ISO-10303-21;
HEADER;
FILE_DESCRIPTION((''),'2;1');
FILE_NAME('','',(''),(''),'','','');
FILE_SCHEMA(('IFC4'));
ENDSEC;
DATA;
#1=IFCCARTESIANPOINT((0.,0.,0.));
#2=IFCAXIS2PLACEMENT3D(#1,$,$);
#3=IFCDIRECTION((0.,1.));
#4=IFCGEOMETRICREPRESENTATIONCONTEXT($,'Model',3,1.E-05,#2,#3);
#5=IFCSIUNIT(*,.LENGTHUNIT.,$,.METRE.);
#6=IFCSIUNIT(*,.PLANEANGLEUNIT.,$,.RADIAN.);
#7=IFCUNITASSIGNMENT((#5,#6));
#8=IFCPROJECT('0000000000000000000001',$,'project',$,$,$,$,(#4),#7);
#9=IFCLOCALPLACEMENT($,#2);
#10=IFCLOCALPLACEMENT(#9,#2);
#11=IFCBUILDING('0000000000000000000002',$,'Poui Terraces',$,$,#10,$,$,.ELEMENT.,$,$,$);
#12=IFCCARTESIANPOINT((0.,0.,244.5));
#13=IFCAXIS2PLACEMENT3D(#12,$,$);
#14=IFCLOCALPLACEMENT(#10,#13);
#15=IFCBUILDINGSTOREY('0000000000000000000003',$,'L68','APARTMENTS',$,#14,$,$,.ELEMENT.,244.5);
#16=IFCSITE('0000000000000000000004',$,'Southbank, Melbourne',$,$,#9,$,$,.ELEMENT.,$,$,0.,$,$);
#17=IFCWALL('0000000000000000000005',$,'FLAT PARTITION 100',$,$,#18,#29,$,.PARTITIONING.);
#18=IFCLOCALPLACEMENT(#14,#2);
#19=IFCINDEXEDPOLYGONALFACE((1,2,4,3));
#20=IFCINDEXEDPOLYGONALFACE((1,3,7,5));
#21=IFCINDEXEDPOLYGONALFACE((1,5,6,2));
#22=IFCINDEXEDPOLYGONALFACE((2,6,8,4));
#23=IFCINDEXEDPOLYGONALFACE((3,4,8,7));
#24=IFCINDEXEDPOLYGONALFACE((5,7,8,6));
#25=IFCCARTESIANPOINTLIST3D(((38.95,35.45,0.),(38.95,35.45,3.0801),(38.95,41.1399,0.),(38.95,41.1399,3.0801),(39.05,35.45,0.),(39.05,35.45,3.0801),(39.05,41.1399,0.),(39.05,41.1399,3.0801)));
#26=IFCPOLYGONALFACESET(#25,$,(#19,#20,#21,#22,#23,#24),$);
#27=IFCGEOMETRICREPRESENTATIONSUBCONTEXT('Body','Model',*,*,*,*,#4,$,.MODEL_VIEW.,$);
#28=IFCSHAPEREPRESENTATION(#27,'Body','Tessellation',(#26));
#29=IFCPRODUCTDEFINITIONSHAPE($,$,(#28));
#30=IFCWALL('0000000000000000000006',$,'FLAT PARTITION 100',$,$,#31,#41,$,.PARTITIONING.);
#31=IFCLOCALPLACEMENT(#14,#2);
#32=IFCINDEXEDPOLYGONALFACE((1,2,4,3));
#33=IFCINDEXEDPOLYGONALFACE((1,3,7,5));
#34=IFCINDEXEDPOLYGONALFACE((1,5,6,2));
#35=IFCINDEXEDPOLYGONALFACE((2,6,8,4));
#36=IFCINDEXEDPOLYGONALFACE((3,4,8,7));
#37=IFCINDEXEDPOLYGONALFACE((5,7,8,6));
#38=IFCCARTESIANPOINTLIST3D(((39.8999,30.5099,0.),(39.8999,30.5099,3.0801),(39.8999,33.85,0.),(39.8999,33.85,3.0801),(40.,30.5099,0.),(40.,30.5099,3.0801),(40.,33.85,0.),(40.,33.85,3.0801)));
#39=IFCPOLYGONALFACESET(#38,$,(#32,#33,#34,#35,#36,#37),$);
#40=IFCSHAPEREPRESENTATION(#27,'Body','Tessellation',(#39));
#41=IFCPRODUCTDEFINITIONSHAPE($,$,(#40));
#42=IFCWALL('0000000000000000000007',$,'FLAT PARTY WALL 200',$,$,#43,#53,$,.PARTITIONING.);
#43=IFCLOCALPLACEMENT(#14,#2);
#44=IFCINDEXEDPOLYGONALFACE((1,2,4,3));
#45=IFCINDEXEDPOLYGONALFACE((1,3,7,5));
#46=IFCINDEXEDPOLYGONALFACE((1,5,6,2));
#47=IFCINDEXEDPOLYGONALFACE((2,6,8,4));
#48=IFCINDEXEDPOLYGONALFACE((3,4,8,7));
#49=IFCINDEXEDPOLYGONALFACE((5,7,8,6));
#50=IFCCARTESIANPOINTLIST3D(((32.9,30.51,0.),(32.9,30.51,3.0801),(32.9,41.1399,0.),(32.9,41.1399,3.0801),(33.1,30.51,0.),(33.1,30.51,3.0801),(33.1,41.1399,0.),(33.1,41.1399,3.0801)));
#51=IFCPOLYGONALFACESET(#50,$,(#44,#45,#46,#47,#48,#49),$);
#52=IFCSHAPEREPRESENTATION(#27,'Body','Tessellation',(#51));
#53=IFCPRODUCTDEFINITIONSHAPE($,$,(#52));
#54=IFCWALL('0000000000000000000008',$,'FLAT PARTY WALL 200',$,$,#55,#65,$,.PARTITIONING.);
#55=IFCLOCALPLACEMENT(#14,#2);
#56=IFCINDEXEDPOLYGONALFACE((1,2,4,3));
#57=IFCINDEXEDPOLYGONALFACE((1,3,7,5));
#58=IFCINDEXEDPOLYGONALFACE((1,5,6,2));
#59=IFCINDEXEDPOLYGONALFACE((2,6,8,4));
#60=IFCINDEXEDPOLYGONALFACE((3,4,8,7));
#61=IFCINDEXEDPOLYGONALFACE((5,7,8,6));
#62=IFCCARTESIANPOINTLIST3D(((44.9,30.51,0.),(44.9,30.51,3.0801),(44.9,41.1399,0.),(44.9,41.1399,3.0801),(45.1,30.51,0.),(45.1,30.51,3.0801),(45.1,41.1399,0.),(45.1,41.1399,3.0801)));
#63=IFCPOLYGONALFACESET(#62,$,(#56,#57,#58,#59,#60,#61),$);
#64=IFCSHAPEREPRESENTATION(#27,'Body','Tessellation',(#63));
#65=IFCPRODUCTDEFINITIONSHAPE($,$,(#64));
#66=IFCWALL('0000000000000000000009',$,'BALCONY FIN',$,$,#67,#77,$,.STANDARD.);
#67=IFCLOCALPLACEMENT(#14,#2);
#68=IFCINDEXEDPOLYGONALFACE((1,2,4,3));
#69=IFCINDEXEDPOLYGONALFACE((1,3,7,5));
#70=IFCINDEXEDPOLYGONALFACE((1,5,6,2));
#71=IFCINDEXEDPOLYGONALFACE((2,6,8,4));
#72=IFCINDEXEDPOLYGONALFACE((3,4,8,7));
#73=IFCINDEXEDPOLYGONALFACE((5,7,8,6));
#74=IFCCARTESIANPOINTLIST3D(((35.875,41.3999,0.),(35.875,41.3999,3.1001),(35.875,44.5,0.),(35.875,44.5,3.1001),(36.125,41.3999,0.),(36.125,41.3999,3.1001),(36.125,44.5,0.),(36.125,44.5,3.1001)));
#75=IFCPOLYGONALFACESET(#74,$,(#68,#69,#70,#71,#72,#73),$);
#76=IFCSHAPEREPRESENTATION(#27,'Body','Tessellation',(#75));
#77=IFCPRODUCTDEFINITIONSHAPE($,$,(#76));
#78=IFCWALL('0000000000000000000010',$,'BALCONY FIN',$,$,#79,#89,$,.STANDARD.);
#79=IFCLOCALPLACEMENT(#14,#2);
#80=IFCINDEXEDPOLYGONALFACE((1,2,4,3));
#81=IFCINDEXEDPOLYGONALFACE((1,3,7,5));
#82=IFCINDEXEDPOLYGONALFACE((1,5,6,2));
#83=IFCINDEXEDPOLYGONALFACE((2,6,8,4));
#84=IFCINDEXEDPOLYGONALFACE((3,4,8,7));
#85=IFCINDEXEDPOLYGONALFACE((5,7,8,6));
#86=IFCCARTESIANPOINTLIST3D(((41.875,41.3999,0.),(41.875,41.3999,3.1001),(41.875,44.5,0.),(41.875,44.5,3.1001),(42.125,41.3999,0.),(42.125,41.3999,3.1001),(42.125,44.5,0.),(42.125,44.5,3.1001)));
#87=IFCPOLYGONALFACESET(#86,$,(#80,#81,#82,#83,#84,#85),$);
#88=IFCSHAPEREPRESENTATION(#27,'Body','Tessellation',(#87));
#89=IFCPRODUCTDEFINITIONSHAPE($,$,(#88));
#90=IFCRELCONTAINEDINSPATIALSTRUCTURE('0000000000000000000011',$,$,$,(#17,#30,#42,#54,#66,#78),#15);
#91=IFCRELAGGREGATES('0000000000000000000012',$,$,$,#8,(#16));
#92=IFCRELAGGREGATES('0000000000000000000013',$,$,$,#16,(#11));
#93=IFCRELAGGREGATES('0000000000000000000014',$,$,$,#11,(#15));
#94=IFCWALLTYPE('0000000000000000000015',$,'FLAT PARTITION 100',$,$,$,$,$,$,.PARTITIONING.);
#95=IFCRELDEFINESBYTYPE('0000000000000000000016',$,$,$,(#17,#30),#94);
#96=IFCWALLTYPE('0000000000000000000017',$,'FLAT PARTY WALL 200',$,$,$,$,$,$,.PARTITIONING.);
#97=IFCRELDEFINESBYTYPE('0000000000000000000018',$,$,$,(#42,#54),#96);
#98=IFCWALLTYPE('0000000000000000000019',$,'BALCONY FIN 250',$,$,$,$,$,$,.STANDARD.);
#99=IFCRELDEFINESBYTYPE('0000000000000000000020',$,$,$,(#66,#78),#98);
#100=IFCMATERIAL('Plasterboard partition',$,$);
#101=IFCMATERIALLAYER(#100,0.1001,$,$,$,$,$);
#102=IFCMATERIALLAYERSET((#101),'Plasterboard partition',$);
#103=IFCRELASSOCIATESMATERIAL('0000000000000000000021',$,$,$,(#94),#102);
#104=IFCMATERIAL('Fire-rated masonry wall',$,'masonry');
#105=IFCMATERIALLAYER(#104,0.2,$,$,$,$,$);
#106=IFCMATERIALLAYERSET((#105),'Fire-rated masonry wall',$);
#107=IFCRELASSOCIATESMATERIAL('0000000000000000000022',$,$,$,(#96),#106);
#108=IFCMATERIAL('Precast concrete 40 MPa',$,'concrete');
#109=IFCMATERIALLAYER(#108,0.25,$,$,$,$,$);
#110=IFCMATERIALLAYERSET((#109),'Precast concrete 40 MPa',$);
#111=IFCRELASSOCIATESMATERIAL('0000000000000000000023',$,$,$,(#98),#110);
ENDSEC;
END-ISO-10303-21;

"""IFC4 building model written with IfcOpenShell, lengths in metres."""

from ifc_helpers import new_model, si_unit, direction, frame, frame_2d, origin, place, context, subcontext, project, spatial, polyline, rectangle, outline, extrude, source, transform, mapped, material, layer, layer_set, type_object, element, save


model = new_model("IFC4")

# Units and contexts
model_context = context("Model", 3, precision=1e-05, world=origin(), true_north=direction((0.0, 1.0)))
body_context = subcontext(model_context, "Body", "Model", "MODEL_VIEW")
ifc_project = project(units=[si_unit("LENGTHUNIT", "METRE"), si_unit("PLANEANGLEUNIT", "RADIAN")], contexts=[model_context])

# Site, building, storey
site_placement = place(None, origin())
site = spatial("IfcSite", under=ifc_project, at=site_placement, Name="Southbank, Melbourne", CompositionType="ELEMENT", RefElevation=0.0)
building_placement = place(site_placement, origin())
building = spatial("IfcBuilding", under=site, at=building_placement, Name="Poui Terraces", CompositionType="ELEMENT")
storey_placement = place(building_placement, frame((0.0, 0.0, 244.5)))
storey = spatial("IfcBuildingStorey", under=building, at=storey_placement, Name="L68", Description="APARTMENTS", CompositionType="ELEMENT", Elevation=244.5)

# Shared definitions
ifc_material_1 = material(Name="Plasterboard partition")
ifc_layer_1 = layer(ifc_material_1, 0.1001)
ifc_layer_set_1 = layer_set([ifc_layer_1], Name="Plasterboard partition")
wall_type_1 = type_object("IfcWallType", Name="FLAT PARTITION 100", PredefinedType="PARTITIONING", material=ifc_layer_set_1)

# Walls
wall_1_placement = place(storey_placement, frame((39.0, 35.45, 0.0), z_axis=(0.0, 0.0, 1.0), x_axis=(0.0, 1.0, 0.0)))
element("IfcWall", 1, at=wall_1_placement, inside=storey, type_object=wall_type_1, Name="FLAT PARTITION 100", PredefinedType="PARTITIONING", context=body_context, shape_type="SweptSolid", body=[
    extrude(rectangle(XDim=5.6899, YDim=0.1001, at=frame_2d((2.845, 0.0))), origin(), (0.0, 0.0, 1.0), 3.0801),
])
wall_2_placement = place(storey_placement, frame((39.95, 30.51, 0.0), z_axis=(0.0, 0.0, 1.0), x_axis=(0.0, 1.0, 0.0)))
element("IfcWall", 2, at=wall_2_placement, inside=storey, type_object=wall_type_1, Name="FLAT PARTITION 100", PredefinedType="PARTITIONING", context=body_context, shape_type="SweptSolid", body=[
    extrude(rectangle(XDim=3.3401, YDim=0.1001, at=frame_2d((1.6699, 0.0))), origin(), (0.0, 0.0, 1.0), 3.0801),
])
ifc_material_2 = material(Name="Fire-rated masonry wall", Category="masonry")
ifc_layer_2 = layer(ifc_material_2, 0.2)
ifc_layer_set_2 = layer_set([ifc_layer_2], Name="Fire-rated masonry wall")
wall_type_2 = type_object("IfcWallType", Name="FLAT PARTY WALL 200", PredefinedType="PARTITIONING", material=ifc_layer_set_2)
for number, where, z_axis, x_axis, name in (
    (3, (33.0, 30.51, 0.0), (0.0, 0.0, 1.0), (0.0, 1.0, 0.0), "FLAT PARTY WALL 200"),
    (4, (45.0, 30.51, 0.0), (0.0, 0.0, 1.0), (0.0, 1.0, 0.0), "FLAT PARTY WALL 200"),
):
    element("IfcWall", number, at=place(storey_placement, frame(where, z_axis=z_axis, x_axis=x_axis)), inside=storey, type_object=wall_type_2, Name=name, PredefinedType="PARTITIONING", context=body_context, shape_type="SweptSolid", body=[
        extrude(rectangle(XDim=10.6299, YDim=0.2, at=frame_2d((5.3149, 0.0))), origin(), (0.0, 0.0, 1.0), 3.0801),
    ])
ifc_material_3 = material(Name="Precast concrete 40 MPa", Category="concrete")
ifc_layer_3 = layer(ifc_material_3, 0.25)
ifc_layer_set_3 = layer_set([ifc_layer_3], Name="Precast concrete 40 MPa")
wall_type_3 = type_object("IfcWallType", Name="BALCONY FIN 250", PredefinedType="STANDARD", material=ifc_layer_set_3)
shared_shape_1 = source(origin(), body_context, "Body", "SweptSolid", [
    extrude(outline(polyline([(0.0, 0.0), (0.25, 0.0), (0.25, 3.1001), (0.0, 3.1001), (0.0, 0.0)])), origin(), (0.0, 0.0, 1.0), 3.1001),
])
for number, where, name in (
    (5, (35.875, 41.3999, 0.0), "BALCONY FIN"),
    (6, (41.875, 41.3999, 0.0), "BALCONY FIN"),
):
    element("IfcWall", number, at=place(storey_placement, frame(where)), inside=storey, type_object=wall_type_3, Name=name, PredefinedType="STANDARD", context=body_context, shape_type="MappedRepresentation", body=[
        mapped(shared_shape_1, transform((0.0, 0.0, 0.0))),
    ])

save(model, "model.ifc")
